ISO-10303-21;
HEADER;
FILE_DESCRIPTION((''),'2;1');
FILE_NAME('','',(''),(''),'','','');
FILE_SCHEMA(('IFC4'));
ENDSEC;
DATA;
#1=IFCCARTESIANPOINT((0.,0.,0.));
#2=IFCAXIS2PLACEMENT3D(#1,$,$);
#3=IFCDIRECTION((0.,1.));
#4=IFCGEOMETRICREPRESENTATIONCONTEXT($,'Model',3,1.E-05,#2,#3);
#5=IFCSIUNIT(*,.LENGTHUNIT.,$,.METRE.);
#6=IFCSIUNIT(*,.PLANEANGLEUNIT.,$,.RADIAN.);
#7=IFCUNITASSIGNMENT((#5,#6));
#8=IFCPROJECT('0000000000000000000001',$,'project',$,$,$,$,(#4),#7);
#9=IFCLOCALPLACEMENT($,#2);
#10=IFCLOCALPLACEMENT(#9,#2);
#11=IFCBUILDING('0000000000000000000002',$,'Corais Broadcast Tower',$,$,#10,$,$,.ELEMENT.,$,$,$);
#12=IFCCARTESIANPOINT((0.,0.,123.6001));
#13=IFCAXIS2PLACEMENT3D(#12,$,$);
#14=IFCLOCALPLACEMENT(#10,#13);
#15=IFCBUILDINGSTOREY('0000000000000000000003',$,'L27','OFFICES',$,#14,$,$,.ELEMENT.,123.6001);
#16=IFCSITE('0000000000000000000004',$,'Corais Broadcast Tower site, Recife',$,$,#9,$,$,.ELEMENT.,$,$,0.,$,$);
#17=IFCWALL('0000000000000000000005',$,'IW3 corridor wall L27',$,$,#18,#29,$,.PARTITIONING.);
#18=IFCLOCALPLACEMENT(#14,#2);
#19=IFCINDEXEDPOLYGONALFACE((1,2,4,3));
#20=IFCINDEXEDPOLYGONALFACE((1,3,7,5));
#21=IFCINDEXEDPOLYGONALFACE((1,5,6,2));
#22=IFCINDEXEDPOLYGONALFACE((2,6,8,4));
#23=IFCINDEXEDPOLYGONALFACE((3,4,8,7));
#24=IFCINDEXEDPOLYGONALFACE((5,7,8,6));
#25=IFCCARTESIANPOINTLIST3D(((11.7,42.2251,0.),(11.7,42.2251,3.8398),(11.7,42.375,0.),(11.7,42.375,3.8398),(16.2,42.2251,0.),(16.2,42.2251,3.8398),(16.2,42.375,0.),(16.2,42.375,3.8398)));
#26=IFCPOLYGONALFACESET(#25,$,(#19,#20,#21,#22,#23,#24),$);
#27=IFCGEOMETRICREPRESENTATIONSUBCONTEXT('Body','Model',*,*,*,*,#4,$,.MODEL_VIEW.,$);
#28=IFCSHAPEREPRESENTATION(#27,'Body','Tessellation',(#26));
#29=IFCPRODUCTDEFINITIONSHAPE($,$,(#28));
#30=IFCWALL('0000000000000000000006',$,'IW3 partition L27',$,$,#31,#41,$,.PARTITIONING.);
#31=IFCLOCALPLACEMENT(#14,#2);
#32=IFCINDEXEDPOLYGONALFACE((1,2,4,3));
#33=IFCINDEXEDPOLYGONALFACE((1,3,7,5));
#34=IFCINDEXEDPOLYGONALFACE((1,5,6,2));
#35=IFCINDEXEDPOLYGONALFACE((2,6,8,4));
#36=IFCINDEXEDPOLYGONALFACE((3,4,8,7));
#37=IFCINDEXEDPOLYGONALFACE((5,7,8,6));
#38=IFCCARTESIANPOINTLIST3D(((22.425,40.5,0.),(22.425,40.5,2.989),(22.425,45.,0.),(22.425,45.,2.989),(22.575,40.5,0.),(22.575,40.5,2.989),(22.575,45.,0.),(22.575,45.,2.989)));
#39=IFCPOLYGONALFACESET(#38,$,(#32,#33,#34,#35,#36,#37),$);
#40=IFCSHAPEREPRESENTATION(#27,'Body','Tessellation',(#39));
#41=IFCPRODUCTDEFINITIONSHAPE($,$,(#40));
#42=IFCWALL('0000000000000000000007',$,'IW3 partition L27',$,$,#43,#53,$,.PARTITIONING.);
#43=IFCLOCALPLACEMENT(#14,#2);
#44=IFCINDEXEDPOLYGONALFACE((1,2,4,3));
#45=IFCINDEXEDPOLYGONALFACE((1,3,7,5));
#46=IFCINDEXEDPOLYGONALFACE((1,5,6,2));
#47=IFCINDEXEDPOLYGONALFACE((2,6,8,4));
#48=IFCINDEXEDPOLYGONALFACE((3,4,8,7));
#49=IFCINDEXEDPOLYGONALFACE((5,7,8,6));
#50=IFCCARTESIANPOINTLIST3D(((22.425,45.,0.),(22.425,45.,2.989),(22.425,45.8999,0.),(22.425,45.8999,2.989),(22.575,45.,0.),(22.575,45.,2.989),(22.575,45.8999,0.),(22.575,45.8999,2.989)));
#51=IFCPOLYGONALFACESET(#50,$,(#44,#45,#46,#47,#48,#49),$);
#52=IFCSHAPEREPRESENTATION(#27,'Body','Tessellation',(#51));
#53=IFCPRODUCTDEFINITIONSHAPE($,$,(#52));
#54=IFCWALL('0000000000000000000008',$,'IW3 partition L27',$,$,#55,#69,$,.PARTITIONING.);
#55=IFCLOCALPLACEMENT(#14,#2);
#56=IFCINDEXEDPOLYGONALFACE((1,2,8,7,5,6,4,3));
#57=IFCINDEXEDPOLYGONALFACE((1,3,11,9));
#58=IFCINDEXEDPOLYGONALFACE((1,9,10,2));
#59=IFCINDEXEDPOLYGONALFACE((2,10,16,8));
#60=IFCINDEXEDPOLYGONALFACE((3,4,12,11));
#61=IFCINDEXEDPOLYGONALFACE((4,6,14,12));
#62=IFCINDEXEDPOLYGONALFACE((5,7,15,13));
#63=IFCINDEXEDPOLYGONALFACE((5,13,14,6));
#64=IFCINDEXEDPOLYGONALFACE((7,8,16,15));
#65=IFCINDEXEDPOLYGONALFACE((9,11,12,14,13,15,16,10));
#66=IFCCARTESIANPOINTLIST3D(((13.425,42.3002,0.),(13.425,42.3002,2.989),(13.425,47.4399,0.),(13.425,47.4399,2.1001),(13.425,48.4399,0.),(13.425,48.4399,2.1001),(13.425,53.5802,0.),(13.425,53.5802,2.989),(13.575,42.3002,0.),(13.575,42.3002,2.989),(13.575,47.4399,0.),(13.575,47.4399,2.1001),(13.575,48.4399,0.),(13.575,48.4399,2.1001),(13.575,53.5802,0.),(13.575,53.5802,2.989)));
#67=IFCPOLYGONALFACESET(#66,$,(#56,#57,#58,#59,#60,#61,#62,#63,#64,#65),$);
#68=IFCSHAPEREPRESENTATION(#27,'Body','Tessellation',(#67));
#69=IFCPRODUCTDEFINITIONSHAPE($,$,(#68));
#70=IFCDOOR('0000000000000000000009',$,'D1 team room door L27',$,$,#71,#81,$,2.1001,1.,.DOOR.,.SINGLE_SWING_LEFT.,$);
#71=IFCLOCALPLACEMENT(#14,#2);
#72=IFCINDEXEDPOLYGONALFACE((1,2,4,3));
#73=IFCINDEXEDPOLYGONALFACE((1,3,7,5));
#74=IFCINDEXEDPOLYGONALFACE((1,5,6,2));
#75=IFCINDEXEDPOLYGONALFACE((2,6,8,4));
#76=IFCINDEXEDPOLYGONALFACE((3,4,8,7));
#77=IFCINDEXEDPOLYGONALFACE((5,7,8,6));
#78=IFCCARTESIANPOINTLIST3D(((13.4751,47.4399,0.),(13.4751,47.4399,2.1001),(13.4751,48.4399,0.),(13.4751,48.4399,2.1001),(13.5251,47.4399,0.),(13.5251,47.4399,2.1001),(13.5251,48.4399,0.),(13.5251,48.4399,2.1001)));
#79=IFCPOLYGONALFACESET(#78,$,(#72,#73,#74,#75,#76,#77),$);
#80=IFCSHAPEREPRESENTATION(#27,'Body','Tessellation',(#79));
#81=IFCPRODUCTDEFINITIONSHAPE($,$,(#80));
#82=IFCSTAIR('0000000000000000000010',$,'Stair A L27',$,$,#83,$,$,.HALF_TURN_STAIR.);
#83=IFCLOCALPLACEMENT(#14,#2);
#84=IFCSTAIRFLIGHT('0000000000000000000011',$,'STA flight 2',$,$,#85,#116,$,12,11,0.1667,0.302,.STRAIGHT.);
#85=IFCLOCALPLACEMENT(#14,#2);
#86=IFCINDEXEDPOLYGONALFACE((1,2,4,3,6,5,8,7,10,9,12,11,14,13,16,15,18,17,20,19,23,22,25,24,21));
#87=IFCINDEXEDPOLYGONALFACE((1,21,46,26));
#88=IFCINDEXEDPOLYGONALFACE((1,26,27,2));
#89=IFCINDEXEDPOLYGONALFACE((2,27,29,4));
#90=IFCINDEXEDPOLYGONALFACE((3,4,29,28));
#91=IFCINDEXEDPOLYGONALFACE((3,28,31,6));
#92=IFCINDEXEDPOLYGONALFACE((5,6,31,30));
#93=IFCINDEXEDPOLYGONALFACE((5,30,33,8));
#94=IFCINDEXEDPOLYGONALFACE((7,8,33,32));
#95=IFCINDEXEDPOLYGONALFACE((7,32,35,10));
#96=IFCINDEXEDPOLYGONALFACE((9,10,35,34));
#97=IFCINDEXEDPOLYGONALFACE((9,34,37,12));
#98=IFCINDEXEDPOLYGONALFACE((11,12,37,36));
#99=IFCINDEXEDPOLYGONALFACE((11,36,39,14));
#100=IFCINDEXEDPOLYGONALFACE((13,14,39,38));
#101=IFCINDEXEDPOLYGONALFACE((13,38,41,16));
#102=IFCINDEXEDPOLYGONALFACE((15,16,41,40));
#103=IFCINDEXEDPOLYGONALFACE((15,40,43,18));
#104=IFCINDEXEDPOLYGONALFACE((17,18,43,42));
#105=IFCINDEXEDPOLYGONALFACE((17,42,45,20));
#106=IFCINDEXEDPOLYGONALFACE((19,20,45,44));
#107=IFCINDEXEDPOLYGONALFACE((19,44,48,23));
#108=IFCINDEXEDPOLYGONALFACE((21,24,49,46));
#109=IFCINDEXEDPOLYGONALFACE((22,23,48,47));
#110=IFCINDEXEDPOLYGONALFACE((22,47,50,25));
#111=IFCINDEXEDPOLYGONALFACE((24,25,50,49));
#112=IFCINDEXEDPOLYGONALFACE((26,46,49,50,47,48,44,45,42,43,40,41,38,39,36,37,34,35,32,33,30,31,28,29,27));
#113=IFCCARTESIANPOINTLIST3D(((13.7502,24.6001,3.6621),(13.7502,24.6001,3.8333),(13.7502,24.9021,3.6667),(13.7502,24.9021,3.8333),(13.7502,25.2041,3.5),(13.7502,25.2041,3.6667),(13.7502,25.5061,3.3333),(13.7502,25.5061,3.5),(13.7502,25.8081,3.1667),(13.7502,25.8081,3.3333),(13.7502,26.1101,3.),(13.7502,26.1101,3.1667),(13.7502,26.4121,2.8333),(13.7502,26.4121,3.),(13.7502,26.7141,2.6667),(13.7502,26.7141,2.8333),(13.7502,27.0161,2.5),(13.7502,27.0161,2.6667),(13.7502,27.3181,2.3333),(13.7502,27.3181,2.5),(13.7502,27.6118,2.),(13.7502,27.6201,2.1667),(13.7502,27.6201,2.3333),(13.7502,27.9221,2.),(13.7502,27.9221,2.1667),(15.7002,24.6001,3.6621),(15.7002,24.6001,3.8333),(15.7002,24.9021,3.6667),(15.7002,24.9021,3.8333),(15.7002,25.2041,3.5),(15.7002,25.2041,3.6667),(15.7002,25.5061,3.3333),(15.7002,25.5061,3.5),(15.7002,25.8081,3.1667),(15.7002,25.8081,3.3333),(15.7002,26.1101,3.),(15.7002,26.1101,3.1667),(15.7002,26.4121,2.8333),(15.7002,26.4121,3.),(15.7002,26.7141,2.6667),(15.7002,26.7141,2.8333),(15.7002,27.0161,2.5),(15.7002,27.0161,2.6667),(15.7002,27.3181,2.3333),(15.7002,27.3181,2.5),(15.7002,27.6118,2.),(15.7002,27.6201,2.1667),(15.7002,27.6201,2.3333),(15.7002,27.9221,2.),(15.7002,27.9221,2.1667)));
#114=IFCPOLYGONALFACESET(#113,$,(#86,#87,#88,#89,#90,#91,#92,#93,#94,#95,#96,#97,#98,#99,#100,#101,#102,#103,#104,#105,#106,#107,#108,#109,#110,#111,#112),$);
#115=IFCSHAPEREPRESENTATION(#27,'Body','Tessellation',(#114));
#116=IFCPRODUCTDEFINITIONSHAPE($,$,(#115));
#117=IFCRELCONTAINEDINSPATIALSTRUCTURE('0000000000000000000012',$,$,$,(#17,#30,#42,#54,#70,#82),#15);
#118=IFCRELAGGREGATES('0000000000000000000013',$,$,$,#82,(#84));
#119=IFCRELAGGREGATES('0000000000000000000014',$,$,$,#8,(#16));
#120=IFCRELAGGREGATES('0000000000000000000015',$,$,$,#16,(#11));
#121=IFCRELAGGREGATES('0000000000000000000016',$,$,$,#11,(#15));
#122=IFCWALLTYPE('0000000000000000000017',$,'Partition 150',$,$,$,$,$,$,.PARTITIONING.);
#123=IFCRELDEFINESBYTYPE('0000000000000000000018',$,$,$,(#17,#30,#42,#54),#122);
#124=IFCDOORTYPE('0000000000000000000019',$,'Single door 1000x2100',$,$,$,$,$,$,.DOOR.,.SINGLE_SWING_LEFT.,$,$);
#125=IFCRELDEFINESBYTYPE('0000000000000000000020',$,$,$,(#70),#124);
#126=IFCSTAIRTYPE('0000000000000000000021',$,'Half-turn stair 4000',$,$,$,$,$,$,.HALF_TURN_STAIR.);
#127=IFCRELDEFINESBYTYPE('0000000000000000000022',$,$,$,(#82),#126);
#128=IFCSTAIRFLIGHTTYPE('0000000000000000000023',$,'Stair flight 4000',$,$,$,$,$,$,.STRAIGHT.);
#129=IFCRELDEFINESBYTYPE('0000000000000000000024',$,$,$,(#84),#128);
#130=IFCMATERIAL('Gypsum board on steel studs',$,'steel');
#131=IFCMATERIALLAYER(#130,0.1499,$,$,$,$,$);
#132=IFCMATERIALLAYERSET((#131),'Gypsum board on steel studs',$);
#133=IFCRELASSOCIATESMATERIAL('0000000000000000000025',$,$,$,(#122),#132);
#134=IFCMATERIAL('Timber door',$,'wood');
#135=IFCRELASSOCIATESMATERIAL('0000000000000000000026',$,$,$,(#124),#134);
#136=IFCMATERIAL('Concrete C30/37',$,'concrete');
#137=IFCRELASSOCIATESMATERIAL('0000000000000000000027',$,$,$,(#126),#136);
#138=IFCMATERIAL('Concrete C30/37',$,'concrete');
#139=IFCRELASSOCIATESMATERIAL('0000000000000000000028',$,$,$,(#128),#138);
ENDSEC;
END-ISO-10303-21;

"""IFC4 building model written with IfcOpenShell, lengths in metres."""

from ifc_helpers import new_model, si_unit, direction, frame, frame_2d, origin, place, context, subcontext, project, spatial, polyline, rectangle, outline, extrude, material, layer, layer_set, type_object, element, fill, aggregate, save


model = new_model("IFC4")

# Units and contexts
model_context = context("Model", 3, precision=1e-05, world=origin(), true_north=direction((0.0, 1.0)))
body_context = subcontext(model_context, "Body", "Model", "MODEL_VIEW")
ifc_project = project(units=[si_unit("LENGTHUNIT", "METRE"), si_unit("PLANEANGLEUNIT", "RADIAN")], contexts=[model_context])

# Site, building, storey
site_placement = place(None, origin())
site = spatial("IfcSite", under=ifc_project, at=site_placement, Name="Corais Broadcast Tower site, Recife", CompositionType="ELEMENT", RefElevation=0.0)
building_placement = place(site_placement, origin())
building = spatial("IfcBuilding", under=site, at=building_placement, Name="Corais Broadcast Tower", CompositionType="ELEMENT")
storey_placement = place(building_placement, frame((0.0, 0.0, 123.6001)))
storey = spatial("IfcBuildingStorey", under=building, at=storey_placement, Name="L27", Description="OFFICES", CompositionType="ELEMENT", Elevation=123.6001)

# Walls
ifc_material_1 = material(Name="Gypsum board on steel studs", Category="steel")
ifc_layer_1 = layer(ifc_material_1, 0.1499)
ifc_layer_set_1 = layer_set([ifc_layer_1], Name="Gypsum board on steel studs")
wall_type_1 = type_object("IfcWallType", Name="Partition 150", PredefinedType="PARTITIONING", material=ifc_layer_set_1)
wall_1_placement = place(storey_placement, frame((16.2, 42.3, 0.0), z_axis=(0.0, 0.0, 1.0), x_axis=(-1.0, 0.0, 0.0)))
element("IfcWall", 1, at=wall_1_placement, inside=storey, type_object=wall_type_1, Name="IW3 corridor wall L27", PredefinedType="PARTITIONING", context=body_context, shape_type="SweptSolid", body=[
    extrude(rectangle(XDim=4.5, YDim=0.1499, at=frame_2d((2.25, 0.0))), origin(), (0.0, 0.0, 1.0), 3.8398),
])
wall_2_placement = place(storey_placement, frame((22.5, 45.0, 0.0), z_axis=(0.0, 0.0, 1.0), x_axis=(0.0, -1.0, 0.0)))
element("IfcWall", 2, at=wall_2_placement, inside=storey, type_object=wall_type_1, Name="IW3 partition L27", PredefinedType="PARTITIONING", context=body_context, shape_type="SweptSolid", body=[
    extrude(rectangle(XDim=4.5, YDim=0.1499, at=frame_2d((2.25, 0.0))), origin(), (0.0, 0.0, 1.0), 2.989),
])
wall_3_placement = place(storey_placement, frame((22.5, 45.0, 0.0), z_axis=(0.0, 0.0, 1.0), x_axis=(0.0, 1.0, 0.0)))
element("IfcWall", 3, at=wall_3_placement, inside=storey, type_object=wall_type_1, Name="IW3 partition L27", PredefinedType="PARTITIONING", context=body_context, shape_type="SweptSolid", body=[
    extrude(rectangle(XDim=0.8999, YDim=0.1499, at=frame_2d((0.45, 0.0))), origin(), (0.0, 0.0, 1.0), 2.989),
])

# Wall, opening, door
wall_4_placement = place(storey_placement, frame((13.5, 42.3, 0.0), z_axis=(0.0, 0.0, 1.0), x_axis=(0.0, 1.0, 0.0)))
wall_4 = element("IfcWall", 4, at=wall_4_placement, inside=storey, type_object=wall_type_1, Name="IW3 partition L27", PredefinedType="PARTITIONING", context=body_context, shape_type="SweptSolid", body=[
    extrude(rectangle(XDim=11.28, YDim=0.1499, at=frame_2d((5.6401, 0.0))), origin(), (0.0, 0.0, 1.0), 2.989),
])
opening_1_placement = place(wall_4_placement, frame((5.1399, 0.0, 0.0)))
opening_1 = element("IfcOpeningElement", 5, at=opening_1_placement, cuts=wall_4, PredefinedType="OPENING", context=body_context, shape_type="SweptSolid", body=[
    extrude(rectangle(XDim=1.0, YDim=2.1001, at=frame_2d((0.5, 1.05))), frame((0.0, 0.085, 0.0), z_axis=(0.0, -1.0, 0.0), x_axis=(1.0, 0.0, 0.0)), (0.0, 0.0, 1.0), 0.1699),
])
ifc_material_2 = material(Name="Timber door", Category="wood")
door_type_1 = type_object("IfcDoorType", Name="Single door 1000x2100", OperationType="SINGLE_SWING_LEFT", PredefinedType="DOOR", material=ifc_material_2)
door_1_placement = place(opening_1_placement, origin())
door_1 = element("IfcDoor", 6, at=door_1_placement, inside=storey, type_object=door_type_1, Name="D1 team room door L27", OperationType="SINGLE_SWING_LEFT", OverallHeight=2.1001, OverallWidth=1.0, PredefinedType="DOOR", context=body_context, shape_type="SweptSolid", body=[
    extrude(rectangle(XDim=1.0, YDim=2.1001, at=frame_2d((0.5, 1.05))), frame((0.0, 0.0249, 0.0), z_axis=(0.0, -1.0, 0.0), x_axis=(1.0, 0.0, 0.0)), (0.0, 0.0, 1.0), 0.05),
])
fill(opening_1, door_1)

# Stair, stair flight
ifc_material_3 = material(Name="Concrete C30/37", Category="concrete")
stair_type = type_object("IfcStairType", Name="Half-turn stair 4000", PredefinedType="HALF_TURN_STAIR", material=ifc_material_3)
stair_placement = place(storey_placement, origin())
stair = element("IfcStair", 7, at=stair_placement, inside=storey, type_object=stair_type, Name="Stair A L27", PredefinedType="HALF_TURN_STAIR")
ifc_material_4 = material(Name="Concrete C30/37", Category="concrete")
stair_flight_type = type_object("IfcStairFlightType", Name="Stair flight 4000", PredefinedType="STRAIGHT", material=ifc_material_4)
stair_flight_placement = place(storey_placement, frame((14.7251, 27.9221, 2.0), z_axis=(0.0, 0.0, 1.0), x_axis=(0.0, -1.0, 0.0)))
stair_flight = element("IfcStairFlight", 8, at=stair_flight_placement, type_object=stair_flight_type, Name="STA flight 2", NumberOfRisers=12, NumberOfTreads=11, PredefinedType="STRAIGHT", RiserHeight=0.1667, TreadLength=0.302, context=body_context, shape_type="SweptSolid", body=[
    extrude(outline(polyline([(0.0, 0.0), (0.0, 0.1667), (0.302, 0.1667), (0.302, 0.3333), (0.604, 0.3333), (0.604, 0.5), (0.906, 0.5), (0.906, 0.6667), (1.208, 0.6667), (1.208, 0.8333), (1.51, 0.8333), (1.51, 1.0), (1.812, 1.0), (1.812, 1.1667), (2.114, 1.1667), (2.114, 1.3333), (2.416, 1.3333), (2.416, 1.5), (2.718, 1.5), (2.718, 1.6667), (3.02, 1.6667), (3.02, 1.8333), (3.322, 1.8333), (3.322, 2.0), (3.322, 1.6621), (0.3103, 0.0), (0.0, 0.0)])), frame((0.0, 0.9751, 0.0), z_axis=(0.0, -1.0, 0.0), x_axis=(1.0, 0.0, 0.0)), (0.0, 0.0, 1.0), 1.95),
])
aggregate(stair, [stair_flight])

save(model, "model.ifc")
